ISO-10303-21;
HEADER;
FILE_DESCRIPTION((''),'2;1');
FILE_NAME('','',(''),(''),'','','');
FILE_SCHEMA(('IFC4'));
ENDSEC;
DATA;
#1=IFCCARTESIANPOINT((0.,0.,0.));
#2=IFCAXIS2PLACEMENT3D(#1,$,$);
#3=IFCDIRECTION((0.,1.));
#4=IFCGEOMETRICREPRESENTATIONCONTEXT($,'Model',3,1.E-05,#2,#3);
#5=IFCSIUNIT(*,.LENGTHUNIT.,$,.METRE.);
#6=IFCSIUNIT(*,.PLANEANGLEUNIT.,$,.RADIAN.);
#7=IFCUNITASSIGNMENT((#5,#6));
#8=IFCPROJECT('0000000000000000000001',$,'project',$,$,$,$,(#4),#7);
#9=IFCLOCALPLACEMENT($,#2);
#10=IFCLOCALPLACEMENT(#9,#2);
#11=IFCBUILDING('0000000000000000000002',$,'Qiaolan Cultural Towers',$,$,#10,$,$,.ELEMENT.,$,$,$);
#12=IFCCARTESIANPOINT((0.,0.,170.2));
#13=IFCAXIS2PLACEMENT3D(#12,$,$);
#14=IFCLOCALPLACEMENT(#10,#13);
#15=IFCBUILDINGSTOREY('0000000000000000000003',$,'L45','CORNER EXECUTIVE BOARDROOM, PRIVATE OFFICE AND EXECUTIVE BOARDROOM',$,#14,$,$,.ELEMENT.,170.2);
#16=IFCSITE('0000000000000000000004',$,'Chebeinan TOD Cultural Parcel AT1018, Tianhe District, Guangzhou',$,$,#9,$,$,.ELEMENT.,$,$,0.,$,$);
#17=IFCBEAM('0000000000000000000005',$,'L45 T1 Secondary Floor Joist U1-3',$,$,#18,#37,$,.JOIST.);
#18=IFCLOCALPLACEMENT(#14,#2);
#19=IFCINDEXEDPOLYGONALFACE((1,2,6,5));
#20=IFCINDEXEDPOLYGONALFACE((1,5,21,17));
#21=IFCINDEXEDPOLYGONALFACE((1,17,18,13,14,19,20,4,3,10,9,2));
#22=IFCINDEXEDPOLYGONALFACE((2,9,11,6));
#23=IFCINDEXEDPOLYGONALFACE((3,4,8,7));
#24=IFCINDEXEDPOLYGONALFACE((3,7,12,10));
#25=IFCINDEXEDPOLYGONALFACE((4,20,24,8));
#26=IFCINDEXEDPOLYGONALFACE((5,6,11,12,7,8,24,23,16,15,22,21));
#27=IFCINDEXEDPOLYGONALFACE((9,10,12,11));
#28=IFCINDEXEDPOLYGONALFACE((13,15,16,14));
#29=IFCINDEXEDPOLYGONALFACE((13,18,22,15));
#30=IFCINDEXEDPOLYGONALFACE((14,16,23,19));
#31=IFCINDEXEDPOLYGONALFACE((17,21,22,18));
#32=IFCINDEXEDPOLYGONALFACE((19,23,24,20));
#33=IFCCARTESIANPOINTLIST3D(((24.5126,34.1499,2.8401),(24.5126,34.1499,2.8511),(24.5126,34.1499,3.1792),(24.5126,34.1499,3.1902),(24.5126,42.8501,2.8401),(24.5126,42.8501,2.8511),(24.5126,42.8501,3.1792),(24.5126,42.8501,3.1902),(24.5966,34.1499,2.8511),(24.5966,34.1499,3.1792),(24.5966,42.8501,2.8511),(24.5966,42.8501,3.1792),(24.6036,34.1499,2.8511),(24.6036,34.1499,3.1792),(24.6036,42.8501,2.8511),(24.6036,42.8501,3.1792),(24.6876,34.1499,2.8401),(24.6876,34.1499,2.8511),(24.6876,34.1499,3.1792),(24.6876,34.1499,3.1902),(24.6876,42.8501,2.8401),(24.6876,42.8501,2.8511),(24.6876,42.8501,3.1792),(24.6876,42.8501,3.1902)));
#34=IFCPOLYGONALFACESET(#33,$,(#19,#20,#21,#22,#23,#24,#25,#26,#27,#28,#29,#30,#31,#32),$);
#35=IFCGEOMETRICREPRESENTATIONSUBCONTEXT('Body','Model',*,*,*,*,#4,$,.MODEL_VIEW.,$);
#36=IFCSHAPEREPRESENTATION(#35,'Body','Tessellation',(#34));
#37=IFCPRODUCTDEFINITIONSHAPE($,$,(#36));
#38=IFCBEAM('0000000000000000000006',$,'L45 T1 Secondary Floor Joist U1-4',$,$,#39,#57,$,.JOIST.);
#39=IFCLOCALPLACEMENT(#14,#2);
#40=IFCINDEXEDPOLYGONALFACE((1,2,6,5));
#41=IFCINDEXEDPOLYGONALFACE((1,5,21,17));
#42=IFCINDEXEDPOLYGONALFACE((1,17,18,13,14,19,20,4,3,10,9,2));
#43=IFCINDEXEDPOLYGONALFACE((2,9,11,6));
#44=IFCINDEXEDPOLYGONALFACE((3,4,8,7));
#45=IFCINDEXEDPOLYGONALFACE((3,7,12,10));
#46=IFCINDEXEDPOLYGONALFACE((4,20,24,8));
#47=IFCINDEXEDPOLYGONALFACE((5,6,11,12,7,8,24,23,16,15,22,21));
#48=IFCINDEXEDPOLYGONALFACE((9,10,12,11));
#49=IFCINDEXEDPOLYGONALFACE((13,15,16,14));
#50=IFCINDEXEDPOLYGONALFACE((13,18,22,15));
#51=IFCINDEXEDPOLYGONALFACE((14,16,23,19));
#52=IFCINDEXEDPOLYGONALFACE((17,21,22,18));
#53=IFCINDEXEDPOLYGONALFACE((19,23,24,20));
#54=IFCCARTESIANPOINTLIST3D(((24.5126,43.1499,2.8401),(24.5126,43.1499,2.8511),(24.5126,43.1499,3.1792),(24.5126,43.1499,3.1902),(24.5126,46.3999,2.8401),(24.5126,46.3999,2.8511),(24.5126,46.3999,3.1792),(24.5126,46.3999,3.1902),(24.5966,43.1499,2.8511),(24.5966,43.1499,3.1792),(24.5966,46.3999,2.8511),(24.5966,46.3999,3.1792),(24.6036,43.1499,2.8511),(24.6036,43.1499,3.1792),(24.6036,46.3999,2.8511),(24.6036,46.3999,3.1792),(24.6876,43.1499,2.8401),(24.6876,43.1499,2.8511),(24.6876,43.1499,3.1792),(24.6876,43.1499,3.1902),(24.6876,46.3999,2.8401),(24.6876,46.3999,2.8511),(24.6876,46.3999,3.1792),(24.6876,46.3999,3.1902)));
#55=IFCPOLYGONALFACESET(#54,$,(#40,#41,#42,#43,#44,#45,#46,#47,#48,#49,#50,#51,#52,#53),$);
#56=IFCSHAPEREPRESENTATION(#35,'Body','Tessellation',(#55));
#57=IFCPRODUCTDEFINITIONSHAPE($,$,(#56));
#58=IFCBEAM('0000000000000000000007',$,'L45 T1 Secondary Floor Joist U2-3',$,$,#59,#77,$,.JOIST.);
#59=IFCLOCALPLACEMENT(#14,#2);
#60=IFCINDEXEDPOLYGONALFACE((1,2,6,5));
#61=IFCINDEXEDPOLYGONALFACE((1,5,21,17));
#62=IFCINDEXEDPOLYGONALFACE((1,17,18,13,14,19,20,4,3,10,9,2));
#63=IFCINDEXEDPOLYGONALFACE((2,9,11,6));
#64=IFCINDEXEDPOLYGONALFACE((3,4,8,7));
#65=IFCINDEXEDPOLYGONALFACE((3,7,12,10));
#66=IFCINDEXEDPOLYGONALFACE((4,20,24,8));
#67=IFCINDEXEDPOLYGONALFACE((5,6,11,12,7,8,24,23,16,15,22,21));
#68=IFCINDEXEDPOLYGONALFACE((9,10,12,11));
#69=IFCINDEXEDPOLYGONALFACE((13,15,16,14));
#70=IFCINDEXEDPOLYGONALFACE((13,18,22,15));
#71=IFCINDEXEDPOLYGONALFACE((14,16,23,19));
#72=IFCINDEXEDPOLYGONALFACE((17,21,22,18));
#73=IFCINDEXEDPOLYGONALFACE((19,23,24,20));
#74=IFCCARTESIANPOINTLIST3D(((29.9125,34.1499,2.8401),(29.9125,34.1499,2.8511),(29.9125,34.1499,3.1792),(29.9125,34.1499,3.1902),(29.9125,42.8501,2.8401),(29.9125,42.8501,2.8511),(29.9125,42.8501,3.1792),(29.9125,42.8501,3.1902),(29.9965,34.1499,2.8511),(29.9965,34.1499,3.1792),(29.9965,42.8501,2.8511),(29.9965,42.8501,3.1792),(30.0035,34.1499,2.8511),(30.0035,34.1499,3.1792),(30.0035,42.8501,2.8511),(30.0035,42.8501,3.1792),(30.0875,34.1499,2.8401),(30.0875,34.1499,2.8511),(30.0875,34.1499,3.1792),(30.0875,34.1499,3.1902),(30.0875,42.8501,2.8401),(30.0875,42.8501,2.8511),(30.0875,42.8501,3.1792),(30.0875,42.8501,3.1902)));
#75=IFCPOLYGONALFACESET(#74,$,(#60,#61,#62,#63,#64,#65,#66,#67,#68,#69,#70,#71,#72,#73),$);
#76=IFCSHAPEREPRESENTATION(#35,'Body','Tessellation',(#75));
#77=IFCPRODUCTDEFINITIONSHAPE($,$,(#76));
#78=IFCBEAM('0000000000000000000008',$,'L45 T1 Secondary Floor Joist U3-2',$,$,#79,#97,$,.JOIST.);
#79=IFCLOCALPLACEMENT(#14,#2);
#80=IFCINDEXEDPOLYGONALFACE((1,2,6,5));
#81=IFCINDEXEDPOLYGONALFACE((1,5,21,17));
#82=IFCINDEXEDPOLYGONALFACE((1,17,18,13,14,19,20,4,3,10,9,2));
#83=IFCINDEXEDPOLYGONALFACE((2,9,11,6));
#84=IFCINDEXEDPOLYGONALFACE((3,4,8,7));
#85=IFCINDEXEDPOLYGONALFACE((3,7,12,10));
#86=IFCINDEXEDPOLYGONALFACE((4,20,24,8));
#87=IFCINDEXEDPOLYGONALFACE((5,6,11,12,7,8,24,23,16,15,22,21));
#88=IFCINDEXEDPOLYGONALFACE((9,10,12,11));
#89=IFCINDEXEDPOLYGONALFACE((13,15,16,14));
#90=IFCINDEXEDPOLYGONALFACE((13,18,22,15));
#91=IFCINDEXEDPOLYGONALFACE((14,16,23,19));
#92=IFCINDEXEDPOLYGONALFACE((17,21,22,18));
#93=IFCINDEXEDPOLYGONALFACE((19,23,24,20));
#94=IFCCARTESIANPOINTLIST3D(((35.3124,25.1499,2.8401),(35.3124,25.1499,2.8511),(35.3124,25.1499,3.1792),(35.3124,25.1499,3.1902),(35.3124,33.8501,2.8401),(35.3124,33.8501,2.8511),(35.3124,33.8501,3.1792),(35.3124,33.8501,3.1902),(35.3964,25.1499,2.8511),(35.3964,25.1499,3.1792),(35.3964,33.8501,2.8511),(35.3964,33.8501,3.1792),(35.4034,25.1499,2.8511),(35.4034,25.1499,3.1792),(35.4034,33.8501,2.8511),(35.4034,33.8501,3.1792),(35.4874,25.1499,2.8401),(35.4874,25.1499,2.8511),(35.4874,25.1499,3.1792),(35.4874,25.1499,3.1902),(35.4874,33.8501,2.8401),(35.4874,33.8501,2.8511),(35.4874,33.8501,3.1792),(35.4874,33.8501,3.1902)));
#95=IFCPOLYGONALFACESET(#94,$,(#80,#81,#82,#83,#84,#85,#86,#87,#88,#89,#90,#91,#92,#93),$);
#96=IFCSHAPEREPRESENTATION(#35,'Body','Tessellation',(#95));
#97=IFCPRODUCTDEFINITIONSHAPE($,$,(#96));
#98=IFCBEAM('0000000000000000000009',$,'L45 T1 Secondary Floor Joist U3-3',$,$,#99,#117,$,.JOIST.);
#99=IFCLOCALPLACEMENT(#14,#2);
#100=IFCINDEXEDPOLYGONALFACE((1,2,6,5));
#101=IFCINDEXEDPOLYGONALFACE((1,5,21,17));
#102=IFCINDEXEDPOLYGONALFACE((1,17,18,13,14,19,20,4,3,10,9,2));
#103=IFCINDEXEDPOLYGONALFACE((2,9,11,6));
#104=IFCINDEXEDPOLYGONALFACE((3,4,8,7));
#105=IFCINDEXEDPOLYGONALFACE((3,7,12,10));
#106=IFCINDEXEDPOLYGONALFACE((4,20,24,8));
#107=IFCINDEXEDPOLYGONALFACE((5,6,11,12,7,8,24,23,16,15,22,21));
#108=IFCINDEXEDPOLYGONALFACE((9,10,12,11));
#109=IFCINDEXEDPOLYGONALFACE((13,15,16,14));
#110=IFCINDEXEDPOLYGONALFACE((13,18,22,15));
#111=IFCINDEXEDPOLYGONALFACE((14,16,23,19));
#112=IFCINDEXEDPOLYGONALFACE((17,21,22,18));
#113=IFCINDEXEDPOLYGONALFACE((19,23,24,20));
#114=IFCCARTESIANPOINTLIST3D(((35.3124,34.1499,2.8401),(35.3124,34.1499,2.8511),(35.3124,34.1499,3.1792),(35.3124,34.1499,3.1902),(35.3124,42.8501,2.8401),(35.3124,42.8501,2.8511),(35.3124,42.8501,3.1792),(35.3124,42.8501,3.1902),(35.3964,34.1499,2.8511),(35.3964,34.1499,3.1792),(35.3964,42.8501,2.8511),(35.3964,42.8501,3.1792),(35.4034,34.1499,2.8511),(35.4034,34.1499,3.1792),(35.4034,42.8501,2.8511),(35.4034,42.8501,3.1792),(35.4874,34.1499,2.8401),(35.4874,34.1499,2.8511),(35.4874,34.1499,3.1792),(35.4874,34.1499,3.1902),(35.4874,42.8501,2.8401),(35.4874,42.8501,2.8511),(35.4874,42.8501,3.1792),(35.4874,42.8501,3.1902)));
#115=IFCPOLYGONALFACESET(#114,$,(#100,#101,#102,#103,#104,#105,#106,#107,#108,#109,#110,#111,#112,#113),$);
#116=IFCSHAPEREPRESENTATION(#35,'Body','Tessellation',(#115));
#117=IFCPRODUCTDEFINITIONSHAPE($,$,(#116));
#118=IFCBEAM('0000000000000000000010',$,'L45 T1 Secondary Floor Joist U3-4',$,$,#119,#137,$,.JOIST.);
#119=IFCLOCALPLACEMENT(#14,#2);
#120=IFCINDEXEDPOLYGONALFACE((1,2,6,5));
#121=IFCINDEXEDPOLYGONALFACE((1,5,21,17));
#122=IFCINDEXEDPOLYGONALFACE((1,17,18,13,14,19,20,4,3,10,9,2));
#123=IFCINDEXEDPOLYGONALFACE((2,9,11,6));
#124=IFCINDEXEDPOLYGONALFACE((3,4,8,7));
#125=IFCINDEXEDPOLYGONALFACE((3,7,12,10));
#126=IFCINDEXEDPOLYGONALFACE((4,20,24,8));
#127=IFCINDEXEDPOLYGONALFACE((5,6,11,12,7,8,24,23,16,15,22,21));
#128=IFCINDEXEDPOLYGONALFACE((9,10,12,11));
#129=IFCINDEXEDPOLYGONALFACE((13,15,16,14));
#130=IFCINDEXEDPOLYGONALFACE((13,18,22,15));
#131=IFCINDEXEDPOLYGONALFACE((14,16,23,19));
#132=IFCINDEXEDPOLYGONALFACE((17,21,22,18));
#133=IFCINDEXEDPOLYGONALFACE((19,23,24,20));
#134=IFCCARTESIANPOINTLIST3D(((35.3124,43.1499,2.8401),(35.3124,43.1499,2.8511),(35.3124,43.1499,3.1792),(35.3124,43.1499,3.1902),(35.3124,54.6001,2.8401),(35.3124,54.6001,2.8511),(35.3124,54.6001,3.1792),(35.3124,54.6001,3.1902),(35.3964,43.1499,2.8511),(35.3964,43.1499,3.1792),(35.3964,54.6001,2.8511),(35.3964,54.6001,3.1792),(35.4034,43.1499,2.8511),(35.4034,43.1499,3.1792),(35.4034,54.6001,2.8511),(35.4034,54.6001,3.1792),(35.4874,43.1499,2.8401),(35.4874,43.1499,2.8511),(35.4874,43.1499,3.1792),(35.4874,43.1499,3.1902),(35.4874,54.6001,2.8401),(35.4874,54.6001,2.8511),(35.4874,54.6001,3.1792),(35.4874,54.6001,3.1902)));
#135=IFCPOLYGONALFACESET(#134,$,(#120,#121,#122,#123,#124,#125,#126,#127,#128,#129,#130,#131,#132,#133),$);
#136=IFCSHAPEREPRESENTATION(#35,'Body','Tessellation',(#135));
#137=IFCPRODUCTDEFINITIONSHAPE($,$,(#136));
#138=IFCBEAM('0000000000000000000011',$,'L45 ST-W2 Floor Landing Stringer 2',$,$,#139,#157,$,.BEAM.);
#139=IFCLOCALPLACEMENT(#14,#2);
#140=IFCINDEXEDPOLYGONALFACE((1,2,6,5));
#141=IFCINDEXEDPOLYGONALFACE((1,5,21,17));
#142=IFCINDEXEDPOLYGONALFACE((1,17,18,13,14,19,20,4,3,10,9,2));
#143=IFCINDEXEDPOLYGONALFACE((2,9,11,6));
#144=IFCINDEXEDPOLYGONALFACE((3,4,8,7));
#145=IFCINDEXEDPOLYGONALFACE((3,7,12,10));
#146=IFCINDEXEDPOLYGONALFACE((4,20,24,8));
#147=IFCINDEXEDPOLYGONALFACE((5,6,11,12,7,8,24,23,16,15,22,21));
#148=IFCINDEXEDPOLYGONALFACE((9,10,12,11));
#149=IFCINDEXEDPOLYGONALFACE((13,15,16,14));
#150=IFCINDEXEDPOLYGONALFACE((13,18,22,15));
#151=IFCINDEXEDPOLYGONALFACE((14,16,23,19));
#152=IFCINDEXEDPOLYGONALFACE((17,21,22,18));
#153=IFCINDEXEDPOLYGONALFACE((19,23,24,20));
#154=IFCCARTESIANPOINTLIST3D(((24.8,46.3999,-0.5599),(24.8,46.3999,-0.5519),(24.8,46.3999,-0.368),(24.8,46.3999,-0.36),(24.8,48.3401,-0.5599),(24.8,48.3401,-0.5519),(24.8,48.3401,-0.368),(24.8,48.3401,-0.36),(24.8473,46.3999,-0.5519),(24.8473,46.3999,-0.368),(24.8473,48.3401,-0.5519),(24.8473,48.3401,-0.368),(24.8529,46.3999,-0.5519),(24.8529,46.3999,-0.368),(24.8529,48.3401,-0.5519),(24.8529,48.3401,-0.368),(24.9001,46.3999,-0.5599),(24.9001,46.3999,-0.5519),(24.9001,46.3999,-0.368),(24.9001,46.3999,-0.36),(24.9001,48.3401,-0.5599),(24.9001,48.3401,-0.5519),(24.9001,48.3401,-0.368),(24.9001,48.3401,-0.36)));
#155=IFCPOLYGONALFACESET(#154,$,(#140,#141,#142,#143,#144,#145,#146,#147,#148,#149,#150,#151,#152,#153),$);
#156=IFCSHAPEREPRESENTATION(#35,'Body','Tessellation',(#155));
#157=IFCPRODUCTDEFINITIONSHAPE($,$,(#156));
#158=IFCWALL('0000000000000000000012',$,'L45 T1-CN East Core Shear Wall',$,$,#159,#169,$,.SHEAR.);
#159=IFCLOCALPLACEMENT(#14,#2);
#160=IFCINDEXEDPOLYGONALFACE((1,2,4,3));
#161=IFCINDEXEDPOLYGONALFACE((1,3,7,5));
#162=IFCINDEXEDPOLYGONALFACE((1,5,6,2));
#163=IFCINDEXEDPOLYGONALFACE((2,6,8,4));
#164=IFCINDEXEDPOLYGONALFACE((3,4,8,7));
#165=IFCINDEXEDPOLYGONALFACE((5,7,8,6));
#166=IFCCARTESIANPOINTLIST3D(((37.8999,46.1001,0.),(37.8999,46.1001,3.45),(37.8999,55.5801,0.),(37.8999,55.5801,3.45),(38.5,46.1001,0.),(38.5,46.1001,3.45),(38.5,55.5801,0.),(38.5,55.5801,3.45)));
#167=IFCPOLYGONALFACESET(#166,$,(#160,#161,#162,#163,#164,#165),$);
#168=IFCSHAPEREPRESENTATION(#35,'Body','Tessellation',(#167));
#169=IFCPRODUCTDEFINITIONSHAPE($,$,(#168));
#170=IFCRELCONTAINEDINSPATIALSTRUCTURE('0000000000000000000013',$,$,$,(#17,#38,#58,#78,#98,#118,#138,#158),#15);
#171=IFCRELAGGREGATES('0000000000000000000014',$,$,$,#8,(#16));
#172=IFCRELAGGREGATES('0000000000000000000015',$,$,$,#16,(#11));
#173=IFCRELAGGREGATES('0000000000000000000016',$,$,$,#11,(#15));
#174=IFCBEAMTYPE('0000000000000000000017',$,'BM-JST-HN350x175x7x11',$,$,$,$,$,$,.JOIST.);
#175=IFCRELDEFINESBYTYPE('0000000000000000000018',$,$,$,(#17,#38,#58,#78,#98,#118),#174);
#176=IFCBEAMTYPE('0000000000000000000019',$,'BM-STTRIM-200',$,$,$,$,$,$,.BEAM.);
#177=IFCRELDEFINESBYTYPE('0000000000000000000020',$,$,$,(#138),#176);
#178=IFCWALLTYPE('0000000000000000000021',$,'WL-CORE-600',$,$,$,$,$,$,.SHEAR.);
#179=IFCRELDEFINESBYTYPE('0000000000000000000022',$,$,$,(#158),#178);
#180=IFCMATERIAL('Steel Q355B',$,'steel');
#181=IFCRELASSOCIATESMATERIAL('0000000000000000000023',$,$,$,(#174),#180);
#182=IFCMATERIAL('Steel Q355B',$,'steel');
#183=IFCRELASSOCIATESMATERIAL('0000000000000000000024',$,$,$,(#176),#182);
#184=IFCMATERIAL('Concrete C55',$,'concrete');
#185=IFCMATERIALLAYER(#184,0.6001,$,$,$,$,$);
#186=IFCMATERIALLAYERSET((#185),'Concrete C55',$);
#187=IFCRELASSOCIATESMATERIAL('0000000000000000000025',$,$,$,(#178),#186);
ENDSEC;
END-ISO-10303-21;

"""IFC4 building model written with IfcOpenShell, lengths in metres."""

from ifc_helpers import new_model, si_unit, direction, frame, frame_2d, origin, origin_2d, place, context, subcontext, project, spatial, rectangle, i_section, extrude, material, layer, layer_set, material_profile, profile_set, type_object, element, save


model = new_model("IFC4")

# Units and contexts
model_context = context("Model", 3, precision=1e-05, world=origin(), true_north=direction((0.0, 1.0)))
body_context = subcontext(model_context, "Body", "Model", "MODEL_VIEW")
ifc_project = project(units=[si_unit("LENGTHUNIT", "METRE"), si_unit("PLANEANGLEUNIT", "RADIAN")], contexts=[model_context])

# Site, building, storey
site_placement = place(None, origin())
site = spatial("IfcSite", under=ifc_project, at=site_placement, Name="Chebeinan TOD Cultural Parcel AT1018, Tianhe District, Guangzhou", CompositionType="ELEMENT", RefElevation=0.0)
building_placement = place(site_placement, origin())
building = spatial("IfcBuilding", under=site, at=building_placement, Name="Qiaolan Cultural Towers", CompositionType="ELEMENT")
storey_placement = place(building_placement, frame((0.0, 0.0, 170.2)))
storey = spatial("IfcBuildingStorey", under=building, at=storey_placement, Name="L45", Description="CORNER EXECUTIVE BOARDROOM, PRIVATE OFFICE AND EXECUTIVE BOARDROOM", CompositionType="ELEMENT", Elevation=170.2)

# Beams
ifc_material_1 = material(Name="Steel Q355B", Category="steel")
ifc_material_profile_1 = material_profile(ifc_material_1, i_section(OverallWidth=0.175, OverallDepth=0.3501, WebThickness=0.0071, FlangeThickness=0.011, at=origin_2d()), Name="HN350x175x7x11")
ifc_profile_set_1 = profile_set([ifc_material_profile_1], Name="Steel Q355B")
beam_type_1 = type_object("IfcBeamType", Name="BM-JST-HN350x175x7x11", PredefinedType="JOIST", material=ifc_profile_set_1)
beam_1_placement = place(storey_placement, frame((24.6001, 34.1499, 3.0151), z_axis=(0.0, 1.0, 0.0), x_axis=(-1.0, 0.0, 0.0)))
element("IfcBeam", 1, at=beam_1_placement, inside=storey, type_object=beam_type_1, Name="L45 T1 Secondary Floor Joist U1-3", PredefinedType="JOIST", context=body_context, shape_type="SweptSolid", body=[
    extrude(i_section(OverallWidth=0.175, OverallDepth=0.3501, WebThickness=0.0071, FlangeThickness=0.011, at=origin_2d()), origin(), (0.0, 0.0, 1.0), 8.7002),
])
beam_2_placement = place(storey_placement, frame((24.6001, 43.1499, 3.0151), z_axis=(0.0, 1.0, 0.0), x_axis=(-1.0, 0.0, 0.0)))
element("IfcBeam", 2, at=beam_2_placement, inside=storey, type_object=beam_type_1, Name="L45 T1 Secondary Floor Joist U1-4", PredefinedType="JOIST", context=body_context, shape_type="SweptSolid", body=[
    extrude(i_section(OverallWidth=0.175, OverallDepth=0.3501, WebThickness=0.0071, FlangeThickness=0.011, at=origin_2d()), origin(), (0.0, 0.0, 1.0), 3.25),
])
for number, where, z_axis, x_axis, name in (
    (3, (30.0, 34.1499, 3.0151), (0.0, 1.0, 0.0), (-1.0, 0.0, 0.0), "L45 T1 Secondary Floor Joist U2-3"),
    (4, (35.3999, 25.1499, 3.0151), (0.0, 1.0, 0.0), (-1.0, 0.0, 0.0), "L45 T1 Secondary Floor Joist U3-2"),
    (5, (35.3999, 34.1499, 3.0151), (0.0, 1.0, 0.0), (-1.0, 0.0, 0.0), "L45 T1 Secondary Floor Joist U3-3"),
):
    element("IfcBeam", number, at=place(storey_placement, frame(where, z_axis=z_axis, x_axis=x_axis)), inside=storey, type_object=beam_type_1, Name=name, PredefinedType="JOIST", context=body_context, shape_type="SweptSolid", body=[
        extrude(i_section(OverallWidth=0.175, OverallDepth=0.3501, WebThickness=0.0071, FlangeThickness=0.011, at=origin_2d()), origin(), (0.0, 0.0, 1.0), 8.7002),
    ])
beam_3_placement = place(storey_placement, frame((35.3999, 43.1499, 3.0151), z_axis=(0.0, 1.0, 0.0), x_axis=(-1.0, 0.0, 0.0)))
element("IfcBeam", 6, at=beam_3_placement, inside=storey, type_object=beam_type_1, Name="L45 T1 Secondary Floor Joist U3-4", PredefinedType="JOIST", context=body_context, shape_type="SweptSolid", body=[
    extrude(i_section(OverallWidth=0.175, OverallDepth=0.3501, WebThickness=0.0071, FlangeThickness=0.011, at=origin_2d()), origin(), (0.0, 0.0, 1.0), 11.4502),
])
ifc_material_2 = material(Name="Steel Q355B", Category="steel")
ifc_material_profile_2 = material_profile(ifc_material_2, i_section(OverallWidth=0.1001, OverallDepth=0.2, WebThickness=0.0056, FlangeThickness=0.0081, at=origin_2d()), Name="HN200x100x5.5x8")
ifc_profile_set_2 = profile_set([ifc_material_profile_2], Name="Steel Q355B")
beam_type_2 = type_object("IfcBeamType", Name="BM-STTRIM-200", PredefinedType="BEAM", material=ifc_profile_set_2)
beam_4_placement = place(storey_placement, frame((24.8501, 46.3999, -0.46), z_axis=(0.0, 1.0, 0.0), x_axis=(-1.0, 0.0, 0.0)))
element("IfcBeam", 7, at=beam_4_placement, inside=storey, type_object=beam_type_2, Name="L45 ST-W2 Floor Landing Stringer 2", PredefinedType="BEAM", context=body_context, shape_type="SweptSolid", body=[
    extrude(i_section(OverallWidth=0.1001, OverallDepth=0.2, WebThickness=0.0056, FlangeThickness=0.0081, at=origin_2d()), origin(), (0.0, 0.0, 1.0), 1.9402),
])

# Wall
ifc_material_3 = material(Name="Concrete C55", Category="concrete")
ifc_layer_1 = layer(ifc_material_3, 0.6001)
ifc_layer_set_1 = layer_set([ifc_layer_1], Name="Concrete C55")
wall_type_1 = type_object("IfcWallType", Name="WL-CORE-600", PredefinedType="SHEAR", material=ifc_layer_set_1)
wall_1_placement = place(storey_placement, frame((38.2, 46.1001, 0.0), z_axis=(0.0, 0.0, 1.0), x_axis=(0.0, 1.0, 0.0)))
element("IfcWall", 8, at=wall_1_placement, inside=storey, type_object=wall_type_1, Name="L45 T1-CN East Core Shear Wall", PredefinedType="SHEAR", context=body_context, shape_type="SweptSolid", body=[
    extrude(rectangle(XDim=9.48, YDim=0.6001, at=frame_2d((4.74, 0.0))), origin(), (0.0, 0.0, 1.0), 3.45),
])

save(model, "model.ifc")
